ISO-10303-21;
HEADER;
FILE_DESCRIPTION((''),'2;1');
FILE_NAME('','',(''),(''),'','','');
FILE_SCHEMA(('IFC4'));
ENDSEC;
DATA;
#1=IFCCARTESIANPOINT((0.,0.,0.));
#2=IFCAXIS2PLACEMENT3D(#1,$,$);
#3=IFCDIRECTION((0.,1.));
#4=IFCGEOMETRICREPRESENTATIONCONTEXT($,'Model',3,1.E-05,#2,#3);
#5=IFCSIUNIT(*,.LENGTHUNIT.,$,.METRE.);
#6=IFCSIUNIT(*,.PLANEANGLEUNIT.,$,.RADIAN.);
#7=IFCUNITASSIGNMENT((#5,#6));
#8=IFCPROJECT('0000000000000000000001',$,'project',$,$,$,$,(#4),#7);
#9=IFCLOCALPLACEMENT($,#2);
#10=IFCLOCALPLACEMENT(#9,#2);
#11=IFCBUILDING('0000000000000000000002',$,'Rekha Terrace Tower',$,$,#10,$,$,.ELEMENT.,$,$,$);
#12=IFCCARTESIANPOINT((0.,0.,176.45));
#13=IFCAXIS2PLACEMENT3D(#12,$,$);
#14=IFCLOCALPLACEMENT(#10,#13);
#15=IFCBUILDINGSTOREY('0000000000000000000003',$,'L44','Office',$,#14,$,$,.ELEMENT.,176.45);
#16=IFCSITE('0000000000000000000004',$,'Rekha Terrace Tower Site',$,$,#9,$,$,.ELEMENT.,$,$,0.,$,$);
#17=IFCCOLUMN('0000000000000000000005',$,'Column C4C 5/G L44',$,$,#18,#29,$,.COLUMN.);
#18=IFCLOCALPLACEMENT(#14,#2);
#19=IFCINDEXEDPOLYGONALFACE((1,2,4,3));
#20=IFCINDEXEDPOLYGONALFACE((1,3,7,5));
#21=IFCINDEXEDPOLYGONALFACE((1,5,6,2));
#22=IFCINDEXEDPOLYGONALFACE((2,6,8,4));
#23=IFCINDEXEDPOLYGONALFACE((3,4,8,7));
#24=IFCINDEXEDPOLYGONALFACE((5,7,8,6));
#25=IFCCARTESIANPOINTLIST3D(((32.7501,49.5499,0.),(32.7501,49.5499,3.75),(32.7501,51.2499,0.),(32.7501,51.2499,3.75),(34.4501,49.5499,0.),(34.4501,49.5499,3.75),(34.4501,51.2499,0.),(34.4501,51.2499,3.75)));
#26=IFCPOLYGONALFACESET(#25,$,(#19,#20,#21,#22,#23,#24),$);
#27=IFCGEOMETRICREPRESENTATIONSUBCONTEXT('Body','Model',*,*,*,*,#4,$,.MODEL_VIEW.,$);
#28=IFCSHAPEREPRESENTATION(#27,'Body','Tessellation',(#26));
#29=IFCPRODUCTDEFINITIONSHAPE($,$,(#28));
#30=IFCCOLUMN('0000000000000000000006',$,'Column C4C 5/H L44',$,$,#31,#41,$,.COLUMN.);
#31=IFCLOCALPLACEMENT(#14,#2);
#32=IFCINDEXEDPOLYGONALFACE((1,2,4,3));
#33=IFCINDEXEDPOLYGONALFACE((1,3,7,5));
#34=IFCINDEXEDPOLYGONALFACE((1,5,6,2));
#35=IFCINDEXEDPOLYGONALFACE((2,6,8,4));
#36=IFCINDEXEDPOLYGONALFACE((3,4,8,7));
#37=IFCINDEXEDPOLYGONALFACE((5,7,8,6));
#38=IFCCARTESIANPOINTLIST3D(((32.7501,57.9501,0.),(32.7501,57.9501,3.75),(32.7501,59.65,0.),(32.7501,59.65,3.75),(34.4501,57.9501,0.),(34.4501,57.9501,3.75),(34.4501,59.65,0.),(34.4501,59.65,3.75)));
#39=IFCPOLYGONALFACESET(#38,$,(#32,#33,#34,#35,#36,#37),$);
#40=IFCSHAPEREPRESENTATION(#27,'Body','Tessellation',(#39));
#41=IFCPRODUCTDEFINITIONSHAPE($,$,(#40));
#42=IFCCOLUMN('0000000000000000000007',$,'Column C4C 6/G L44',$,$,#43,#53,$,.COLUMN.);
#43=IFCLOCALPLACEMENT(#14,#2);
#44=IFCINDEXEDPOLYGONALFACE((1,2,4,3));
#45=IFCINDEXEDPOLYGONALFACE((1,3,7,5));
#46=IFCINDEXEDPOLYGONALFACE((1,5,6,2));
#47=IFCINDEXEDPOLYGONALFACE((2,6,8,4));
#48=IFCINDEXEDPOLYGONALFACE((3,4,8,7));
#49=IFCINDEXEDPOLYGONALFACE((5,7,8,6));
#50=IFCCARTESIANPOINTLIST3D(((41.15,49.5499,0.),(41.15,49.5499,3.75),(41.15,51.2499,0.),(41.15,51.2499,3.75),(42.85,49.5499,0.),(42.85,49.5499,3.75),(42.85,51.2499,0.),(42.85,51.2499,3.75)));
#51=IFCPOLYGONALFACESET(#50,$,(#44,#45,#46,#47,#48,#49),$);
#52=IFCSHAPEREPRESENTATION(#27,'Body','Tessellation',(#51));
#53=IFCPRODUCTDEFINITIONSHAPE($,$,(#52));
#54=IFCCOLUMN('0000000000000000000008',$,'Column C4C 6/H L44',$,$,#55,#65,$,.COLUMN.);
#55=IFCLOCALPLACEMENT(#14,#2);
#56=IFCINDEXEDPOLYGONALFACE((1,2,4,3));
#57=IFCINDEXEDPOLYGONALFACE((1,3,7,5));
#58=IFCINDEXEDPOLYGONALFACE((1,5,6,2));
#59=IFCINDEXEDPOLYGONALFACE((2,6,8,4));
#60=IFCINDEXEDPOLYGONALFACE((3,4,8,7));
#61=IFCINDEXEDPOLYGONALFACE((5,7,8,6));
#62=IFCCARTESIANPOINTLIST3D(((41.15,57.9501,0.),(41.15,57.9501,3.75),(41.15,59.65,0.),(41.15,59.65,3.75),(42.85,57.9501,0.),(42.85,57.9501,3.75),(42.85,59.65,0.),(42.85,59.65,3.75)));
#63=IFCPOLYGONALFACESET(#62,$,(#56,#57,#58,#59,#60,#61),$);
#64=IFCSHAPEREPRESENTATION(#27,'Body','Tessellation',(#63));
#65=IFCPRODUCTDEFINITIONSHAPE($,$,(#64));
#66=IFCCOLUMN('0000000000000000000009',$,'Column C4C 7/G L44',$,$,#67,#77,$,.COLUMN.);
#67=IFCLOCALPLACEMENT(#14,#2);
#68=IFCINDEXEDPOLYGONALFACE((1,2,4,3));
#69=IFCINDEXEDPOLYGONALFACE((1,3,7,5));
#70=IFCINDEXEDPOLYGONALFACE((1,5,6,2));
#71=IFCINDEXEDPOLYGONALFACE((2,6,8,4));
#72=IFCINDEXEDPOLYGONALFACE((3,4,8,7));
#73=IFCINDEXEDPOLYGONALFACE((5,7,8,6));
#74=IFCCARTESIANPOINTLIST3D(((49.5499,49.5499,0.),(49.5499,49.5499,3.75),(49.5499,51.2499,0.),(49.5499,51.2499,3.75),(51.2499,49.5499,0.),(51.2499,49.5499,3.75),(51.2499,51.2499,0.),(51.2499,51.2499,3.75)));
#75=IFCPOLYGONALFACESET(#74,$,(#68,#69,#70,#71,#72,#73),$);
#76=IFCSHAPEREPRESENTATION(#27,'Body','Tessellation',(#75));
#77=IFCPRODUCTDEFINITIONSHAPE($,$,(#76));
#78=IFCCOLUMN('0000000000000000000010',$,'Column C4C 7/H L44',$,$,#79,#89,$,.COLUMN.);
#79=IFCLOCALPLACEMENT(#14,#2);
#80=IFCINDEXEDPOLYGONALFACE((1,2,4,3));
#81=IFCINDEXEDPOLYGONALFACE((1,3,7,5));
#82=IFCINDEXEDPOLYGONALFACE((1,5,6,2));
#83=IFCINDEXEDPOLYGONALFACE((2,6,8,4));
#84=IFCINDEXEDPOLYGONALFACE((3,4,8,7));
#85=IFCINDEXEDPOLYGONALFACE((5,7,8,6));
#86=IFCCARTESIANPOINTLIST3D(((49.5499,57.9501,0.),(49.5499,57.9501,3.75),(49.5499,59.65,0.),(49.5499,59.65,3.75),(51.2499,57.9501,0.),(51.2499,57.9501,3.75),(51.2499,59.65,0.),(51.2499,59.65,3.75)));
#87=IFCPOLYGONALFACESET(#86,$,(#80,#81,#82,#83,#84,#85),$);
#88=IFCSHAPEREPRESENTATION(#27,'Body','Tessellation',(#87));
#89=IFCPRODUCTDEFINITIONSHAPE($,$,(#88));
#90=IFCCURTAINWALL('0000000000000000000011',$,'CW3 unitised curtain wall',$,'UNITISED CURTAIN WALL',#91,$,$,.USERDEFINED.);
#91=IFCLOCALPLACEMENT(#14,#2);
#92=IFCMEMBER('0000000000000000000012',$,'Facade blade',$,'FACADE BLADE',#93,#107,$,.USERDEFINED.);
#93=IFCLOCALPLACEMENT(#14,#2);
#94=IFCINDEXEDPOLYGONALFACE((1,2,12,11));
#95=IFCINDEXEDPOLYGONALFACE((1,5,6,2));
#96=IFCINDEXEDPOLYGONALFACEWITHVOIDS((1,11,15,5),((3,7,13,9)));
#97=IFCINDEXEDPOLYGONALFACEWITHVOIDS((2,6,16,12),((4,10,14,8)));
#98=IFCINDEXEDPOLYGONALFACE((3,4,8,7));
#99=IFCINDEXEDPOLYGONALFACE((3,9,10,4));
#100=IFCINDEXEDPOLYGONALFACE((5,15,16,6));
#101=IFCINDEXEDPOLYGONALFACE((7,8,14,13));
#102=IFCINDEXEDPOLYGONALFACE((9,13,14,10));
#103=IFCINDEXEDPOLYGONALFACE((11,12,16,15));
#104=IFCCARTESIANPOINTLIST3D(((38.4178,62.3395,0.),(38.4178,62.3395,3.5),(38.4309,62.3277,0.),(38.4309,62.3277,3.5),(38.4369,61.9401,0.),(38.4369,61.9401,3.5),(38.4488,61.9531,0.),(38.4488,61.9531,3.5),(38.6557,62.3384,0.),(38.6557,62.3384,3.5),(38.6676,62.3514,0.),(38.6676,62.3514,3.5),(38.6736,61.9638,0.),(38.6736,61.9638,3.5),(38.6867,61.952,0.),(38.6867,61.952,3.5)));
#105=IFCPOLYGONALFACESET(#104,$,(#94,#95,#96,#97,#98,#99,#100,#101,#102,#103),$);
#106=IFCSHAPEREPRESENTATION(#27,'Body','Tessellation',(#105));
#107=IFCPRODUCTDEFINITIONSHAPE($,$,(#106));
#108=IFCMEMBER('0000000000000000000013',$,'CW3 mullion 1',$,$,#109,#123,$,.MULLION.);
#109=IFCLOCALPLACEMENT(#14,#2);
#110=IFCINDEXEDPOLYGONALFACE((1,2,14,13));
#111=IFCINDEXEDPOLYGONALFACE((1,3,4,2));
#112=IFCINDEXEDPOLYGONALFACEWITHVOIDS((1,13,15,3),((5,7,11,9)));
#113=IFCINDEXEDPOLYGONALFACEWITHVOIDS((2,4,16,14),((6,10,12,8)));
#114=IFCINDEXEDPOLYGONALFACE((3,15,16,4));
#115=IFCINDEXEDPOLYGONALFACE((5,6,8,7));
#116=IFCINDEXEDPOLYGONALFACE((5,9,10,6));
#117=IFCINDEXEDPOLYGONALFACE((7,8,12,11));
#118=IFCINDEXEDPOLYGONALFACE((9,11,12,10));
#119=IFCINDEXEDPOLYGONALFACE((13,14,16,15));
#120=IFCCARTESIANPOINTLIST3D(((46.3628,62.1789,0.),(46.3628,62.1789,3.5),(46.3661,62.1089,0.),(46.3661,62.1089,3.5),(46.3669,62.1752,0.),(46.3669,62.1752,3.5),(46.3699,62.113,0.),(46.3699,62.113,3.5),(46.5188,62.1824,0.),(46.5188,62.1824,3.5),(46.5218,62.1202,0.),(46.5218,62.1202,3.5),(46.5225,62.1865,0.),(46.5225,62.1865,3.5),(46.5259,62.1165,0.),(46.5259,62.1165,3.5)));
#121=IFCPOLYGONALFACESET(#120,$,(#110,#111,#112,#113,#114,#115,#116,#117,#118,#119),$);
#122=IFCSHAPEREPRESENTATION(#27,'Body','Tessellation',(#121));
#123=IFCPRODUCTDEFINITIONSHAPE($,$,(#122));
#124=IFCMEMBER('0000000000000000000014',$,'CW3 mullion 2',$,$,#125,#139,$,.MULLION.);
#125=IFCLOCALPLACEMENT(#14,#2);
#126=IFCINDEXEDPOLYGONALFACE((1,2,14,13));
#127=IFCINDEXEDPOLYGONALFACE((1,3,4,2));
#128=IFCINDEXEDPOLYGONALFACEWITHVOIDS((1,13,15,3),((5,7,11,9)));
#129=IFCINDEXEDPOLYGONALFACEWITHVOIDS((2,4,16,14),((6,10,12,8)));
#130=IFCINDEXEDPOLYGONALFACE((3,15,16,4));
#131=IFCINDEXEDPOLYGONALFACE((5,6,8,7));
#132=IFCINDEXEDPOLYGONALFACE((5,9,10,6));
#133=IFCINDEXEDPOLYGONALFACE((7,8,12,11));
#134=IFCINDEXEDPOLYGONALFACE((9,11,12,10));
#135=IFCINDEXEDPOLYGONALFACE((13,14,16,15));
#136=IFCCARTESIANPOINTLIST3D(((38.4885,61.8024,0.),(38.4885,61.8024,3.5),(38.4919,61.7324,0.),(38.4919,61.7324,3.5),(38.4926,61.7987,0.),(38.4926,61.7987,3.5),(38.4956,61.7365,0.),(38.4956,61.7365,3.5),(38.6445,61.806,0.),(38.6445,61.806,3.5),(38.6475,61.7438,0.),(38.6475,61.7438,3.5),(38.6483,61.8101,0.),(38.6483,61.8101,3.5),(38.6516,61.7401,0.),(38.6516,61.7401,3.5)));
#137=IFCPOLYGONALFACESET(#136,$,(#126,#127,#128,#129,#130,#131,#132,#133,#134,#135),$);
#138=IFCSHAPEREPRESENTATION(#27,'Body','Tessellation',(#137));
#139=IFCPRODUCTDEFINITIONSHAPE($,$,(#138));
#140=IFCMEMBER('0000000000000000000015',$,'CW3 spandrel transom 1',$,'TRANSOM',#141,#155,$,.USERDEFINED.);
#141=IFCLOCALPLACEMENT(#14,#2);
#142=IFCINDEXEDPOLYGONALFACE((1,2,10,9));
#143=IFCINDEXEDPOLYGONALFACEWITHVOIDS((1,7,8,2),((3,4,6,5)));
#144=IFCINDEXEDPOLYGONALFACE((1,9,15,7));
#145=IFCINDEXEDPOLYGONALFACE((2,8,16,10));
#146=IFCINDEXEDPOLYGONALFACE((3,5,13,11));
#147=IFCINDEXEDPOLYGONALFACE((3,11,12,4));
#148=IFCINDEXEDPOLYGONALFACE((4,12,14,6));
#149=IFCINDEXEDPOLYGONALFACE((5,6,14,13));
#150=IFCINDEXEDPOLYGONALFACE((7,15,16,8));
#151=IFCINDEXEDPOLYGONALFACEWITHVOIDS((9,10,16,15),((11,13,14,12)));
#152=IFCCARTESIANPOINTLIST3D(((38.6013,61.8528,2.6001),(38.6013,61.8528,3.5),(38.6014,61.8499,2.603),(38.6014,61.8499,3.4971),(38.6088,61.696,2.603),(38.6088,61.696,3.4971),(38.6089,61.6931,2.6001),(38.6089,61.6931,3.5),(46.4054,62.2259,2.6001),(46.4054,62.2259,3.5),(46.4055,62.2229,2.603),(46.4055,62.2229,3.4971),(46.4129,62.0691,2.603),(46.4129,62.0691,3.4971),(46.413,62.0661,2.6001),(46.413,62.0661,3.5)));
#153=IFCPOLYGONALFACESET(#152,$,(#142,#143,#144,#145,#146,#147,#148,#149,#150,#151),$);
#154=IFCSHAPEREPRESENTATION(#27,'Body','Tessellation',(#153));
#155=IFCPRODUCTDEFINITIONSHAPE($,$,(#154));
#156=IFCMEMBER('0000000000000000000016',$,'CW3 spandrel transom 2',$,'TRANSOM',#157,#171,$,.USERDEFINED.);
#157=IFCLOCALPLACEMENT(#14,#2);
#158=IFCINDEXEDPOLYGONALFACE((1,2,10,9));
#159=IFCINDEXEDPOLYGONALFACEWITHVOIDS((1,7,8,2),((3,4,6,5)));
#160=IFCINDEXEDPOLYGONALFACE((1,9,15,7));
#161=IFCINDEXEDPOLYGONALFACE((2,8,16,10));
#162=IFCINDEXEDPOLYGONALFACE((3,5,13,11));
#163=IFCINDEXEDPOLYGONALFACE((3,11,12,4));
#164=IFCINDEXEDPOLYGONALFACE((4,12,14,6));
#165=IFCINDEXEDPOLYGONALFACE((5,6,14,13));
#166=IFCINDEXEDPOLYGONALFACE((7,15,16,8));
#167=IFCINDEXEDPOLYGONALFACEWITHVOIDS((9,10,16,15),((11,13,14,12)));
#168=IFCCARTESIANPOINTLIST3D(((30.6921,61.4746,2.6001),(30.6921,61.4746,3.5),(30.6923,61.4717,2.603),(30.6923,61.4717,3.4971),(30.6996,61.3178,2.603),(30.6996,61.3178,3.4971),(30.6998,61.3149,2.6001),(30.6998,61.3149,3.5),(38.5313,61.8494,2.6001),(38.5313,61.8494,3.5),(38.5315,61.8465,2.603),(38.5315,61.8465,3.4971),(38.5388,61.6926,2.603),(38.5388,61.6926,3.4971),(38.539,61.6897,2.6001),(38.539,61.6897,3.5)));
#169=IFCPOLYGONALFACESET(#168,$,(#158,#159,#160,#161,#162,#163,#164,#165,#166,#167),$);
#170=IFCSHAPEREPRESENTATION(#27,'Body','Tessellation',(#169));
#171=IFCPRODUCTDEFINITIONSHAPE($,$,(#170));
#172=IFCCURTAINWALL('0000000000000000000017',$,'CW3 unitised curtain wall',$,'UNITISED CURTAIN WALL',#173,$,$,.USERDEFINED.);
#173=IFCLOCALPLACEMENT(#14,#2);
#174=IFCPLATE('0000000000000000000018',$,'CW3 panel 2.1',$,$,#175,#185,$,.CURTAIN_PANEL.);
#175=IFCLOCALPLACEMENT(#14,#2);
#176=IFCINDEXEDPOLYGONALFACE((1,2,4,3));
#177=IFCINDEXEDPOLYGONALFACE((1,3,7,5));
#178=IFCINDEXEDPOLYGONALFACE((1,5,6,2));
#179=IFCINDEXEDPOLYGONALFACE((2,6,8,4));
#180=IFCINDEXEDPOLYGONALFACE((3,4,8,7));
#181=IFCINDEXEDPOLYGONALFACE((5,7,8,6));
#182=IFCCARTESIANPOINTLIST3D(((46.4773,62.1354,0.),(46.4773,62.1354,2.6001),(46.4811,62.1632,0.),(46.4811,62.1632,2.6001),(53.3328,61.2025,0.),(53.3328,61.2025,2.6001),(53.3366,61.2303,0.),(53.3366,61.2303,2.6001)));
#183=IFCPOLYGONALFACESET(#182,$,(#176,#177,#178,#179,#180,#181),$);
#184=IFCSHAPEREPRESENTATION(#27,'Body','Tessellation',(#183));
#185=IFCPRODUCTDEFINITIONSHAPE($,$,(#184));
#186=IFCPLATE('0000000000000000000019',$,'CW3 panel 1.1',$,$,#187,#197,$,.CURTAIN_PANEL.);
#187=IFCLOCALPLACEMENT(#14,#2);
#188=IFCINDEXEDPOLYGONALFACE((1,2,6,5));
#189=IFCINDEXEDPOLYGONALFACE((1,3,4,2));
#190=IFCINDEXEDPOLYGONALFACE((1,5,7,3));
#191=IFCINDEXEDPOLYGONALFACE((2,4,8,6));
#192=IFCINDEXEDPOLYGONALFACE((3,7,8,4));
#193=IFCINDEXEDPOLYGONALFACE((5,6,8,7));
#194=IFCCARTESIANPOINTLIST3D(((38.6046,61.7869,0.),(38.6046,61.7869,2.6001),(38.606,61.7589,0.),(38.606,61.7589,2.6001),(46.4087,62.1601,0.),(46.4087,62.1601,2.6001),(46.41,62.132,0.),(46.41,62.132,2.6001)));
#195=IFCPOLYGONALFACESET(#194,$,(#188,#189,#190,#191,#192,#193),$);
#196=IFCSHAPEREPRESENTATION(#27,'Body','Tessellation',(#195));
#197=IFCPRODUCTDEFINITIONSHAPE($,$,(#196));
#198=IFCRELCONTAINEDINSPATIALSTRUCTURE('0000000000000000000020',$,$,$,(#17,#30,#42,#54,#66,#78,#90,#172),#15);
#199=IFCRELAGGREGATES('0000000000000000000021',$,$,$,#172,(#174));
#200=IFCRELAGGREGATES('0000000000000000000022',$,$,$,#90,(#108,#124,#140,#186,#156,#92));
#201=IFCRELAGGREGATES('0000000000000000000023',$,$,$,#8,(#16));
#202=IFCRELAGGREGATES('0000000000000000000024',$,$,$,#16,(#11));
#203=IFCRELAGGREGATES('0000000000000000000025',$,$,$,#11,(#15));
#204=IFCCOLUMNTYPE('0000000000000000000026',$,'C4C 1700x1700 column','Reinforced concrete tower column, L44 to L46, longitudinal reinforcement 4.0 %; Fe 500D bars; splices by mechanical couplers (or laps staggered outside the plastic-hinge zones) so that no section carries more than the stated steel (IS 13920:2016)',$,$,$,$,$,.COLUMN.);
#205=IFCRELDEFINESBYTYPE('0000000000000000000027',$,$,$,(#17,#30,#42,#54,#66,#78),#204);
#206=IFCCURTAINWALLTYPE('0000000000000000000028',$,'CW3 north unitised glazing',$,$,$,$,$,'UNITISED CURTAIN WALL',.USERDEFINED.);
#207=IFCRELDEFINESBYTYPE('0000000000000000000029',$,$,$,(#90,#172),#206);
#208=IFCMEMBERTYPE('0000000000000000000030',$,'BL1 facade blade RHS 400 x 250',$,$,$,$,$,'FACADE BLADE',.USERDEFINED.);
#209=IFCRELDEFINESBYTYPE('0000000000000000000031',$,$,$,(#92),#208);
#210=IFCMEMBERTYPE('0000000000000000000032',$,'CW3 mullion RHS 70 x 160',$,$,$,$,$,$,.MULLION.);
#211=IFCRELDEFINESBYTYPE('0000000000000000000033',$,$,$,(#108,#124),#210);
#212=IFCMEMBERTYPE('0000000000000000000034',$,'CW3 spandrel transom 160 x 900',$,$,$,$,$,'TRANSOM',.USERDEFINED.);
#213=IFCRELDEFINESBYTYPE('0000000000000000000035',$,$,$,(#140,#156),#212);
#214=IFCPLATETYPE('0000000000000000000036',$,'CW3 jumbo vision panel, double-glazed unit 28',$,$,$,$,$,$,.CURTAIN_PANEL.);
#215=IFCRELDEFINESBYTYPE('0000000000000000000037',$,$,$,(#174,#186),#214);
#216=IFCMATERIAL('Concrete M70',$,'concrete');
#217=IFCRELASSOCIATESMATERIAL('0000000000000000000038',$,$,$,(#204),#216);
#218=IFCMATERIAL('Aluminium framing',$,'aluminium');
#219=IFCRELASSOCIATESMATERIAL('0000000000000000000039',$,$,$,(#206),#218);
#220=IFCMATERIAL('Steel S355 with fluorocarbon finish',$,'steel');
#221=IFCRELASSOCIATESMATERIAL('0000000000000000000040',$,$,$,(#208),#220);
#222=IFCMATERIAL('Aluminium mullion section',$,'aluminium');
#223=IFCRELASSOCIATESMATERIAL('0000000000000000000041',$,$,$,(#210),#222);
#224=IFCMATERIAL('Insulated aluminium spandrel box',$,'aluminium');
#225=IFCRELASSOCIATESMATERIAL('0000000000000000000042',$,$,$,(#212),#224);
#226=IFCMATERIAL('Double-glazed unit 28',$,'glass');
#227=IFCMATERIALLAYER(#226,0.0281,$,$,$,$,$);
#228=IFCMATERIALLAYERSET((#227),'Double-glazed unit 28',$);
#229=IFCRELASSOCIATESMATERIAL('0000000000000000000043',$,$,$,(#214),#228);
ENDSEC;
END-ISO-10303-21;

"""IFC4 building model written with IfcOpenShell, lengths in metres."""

from ifc_helpers import new_model, si_unit, direction, frame, origin, origin_2d, place, context, subcontext, project, spatial, rectangle, hollow_rectangle, extrude, material, layer, layer_set, material_profile, profile_set, type_object, element, aggregate, save


model = new_model("IFC4")

# Units and contexts
model_context = context("Model", 3, precision=1e-05, world=origin(), true_north=direction((0.0, 1.0)))
body_context = subcontext(model_context, "Body", "Model", "MODEL_VIEW")
ifc_project = project(units=[si_unit("LENGTHUNIT", "METRE"), si_unit("PLANEANGLEUNIT", "RADIAN")], contexts=[model_context])

# Site, building, storey
site_placement = place(None, origin())
site = spatial("IfcSite", under=ifc_project, at=site_placement, Name="Rekha Terrace Tower Site", CompositionType="ELEMENT", RefElevation=0.0)
building_placement = place(site_placement, origin())
building = spatial("IfcBuilding", under=site, at=building_placement, Name="Rekha Terrace Tower", CompositionType="ELEMENT")
storey_placement = place(building_placement, frame((0.0, 0.0, 176.45)))
storey = spatial("IfcBuildingStorey", under=building, at=storey_placement, Name="L44", Description="Office", CompositionType="ELEMENT", Elevation=176.45)

# Columns
ifc_material_1 = material(Name="Concrete M70", Category="concrete")
ifc_material_profile_1 = material_profile(ifc_material_1, rectangle(XDim=1.7, YDim=1.7, at=origin_2d()), Name="RC 1700x1700")
ifc_profile_set_1 = profile_set([ifc_material_profile_1], Name="Concrete M70")
column_type = type_object("IfcColumnType", Name="C4C 1700x1700 column", Description="Reinforced concrete tower column, L44 to L46, longitudinal reinforcement 4.0 %; Fe 500D bars; splices by mechanical couplers (or laps staggered outside the plastic-hinge zones) so that no section carries more than the stated steel (IS 13920:2016)", PredefinedType="COLUMN", material=ifc_profile_set_1)
for number, where, z_axis, x_axis, name in (
    (1, (33.6001, 50.3999, 0.0), (0.0, 0.0, 1.0), (1.0, 0.0, 0.0), "Column C4C 5/G L44"),
    (2, (33.6001, 58.8, 0.0), (0.0, 0.0, 1.0), (1.0, 0.0, 0.0), "Column C4C 5/H L44"),
    (3, (42.0, 50.3999, 0.0), (0.0, 0.0, 1.0), (1.0, 0.0, 0.0), "Column C4C 6/G L44"),
    (4, (42.0, 58.8, 0.0), (0.0, 0.0, 1.0), (1.0, 0.0, 0.0), "Column C4C 6/H L44"),
    (5, (50.3999, 50.3999, 0.0), (0.0, 0.0, 1.0), (1.0, 0.0, 0.0), "Column C4C 7/G L44"),
    (6, (50.3999, 58.8, 0.0), (0.0, 0.0, 1.0), (1.0, 0.0, 0.0), "Column C4C 7/H L44"),
):
    element("IfcColumn", number, at=place(storey_placement, frame(where, z_axis=z_axis, x_axis=x_axis)), inside=storey, type_object=column_type, Name=name, PredefinedType="COLUMN", context=body_context, shape_type="SweptSolid", body=[
        extrude(rectangle(XDim=1.7, YDim=1.7, at=origin_2d()), origin(), (0.0, 0.0, 1.0), 3.75),
    ])

# Curtain wall, members
ifc_material_2 = material(Name="Aluminium framing", Category="aluminium")
curtain_wall_type = type_object("IfcCurtainWallType", Name="CW3 north unitised glazing", ElementType="UNITISED CURTAIN WALL", PredefinedType="USERDEFINED", material=ifc_material_2)
curtain_wall_1_placement = place(storey_placement, origin())
curtain_wall_1 = element("IfcCurtainWall", 7, at=curtain_wall_1_placement, inside=storey, type_object=curtain_wall_type, Name="CW3 unitised curtain wall", ObjectType="UNITISED CURTAIN WALL", PredefinedType="USERDEFINED")
ifc_material_3 = material(Name="Steel S355 with fluorocarbon finish", Category="steel")
ifc_material_profile_2 = material_profile(ifc_material_3, hollow_rectangle(XDim=0.25, YDim=0.3999, WallThickness=0.0125, at=origin_2d()), Name="RHS400x250x12.5")
ifc_profile_set_2 = profile_set([ifc_material_profile_2], Name="Steel S355 with fluorocarbon finish")
member_type_1 = type_object("IfcMemberType", Name="BL1 facade blade RHS 400 x 250", ElementType="FACADE BLADE", PredefinedType="USERDEFINED", material=ifc_profile_set_2)
member_1_placement = place(storey_placement, frame((38.5522, 62.1458, 0.0), z_axis=(0.0, 0.0, 1.0), x_axis=(-0.998859, -0.047758, 0.0)))
member_1 = element("IfcMember", 8, at=member_1_placement, type_object=member_type_1, Name="Facade blade", ObjectType="FACADE BLADE", PredefinedType="USERDEFINED", context=body_context, shape_type="SweptSolid", body=[
    extrude(hollow_rectangle(XDim=0.25, YDim=0.3999, WallThickness=0.0125, at=origin_2d()), origin(), (0.0, 0.0, 1.0), 3.5),
])
ifc_material_4 = material(Name="Aluminium mullion section", Category="aluminium")
ifc_material_profile_3 = material_profile(ifc_material_4, hollow_rectangle(XDim=0.0701, YDim=0.1599, WallThickness=0.0039, at=origin_2d()), Name="AL RHS 70x160")
ifc_profile_set_3 = profile_set([ifc_material_profile_3], Name="Aluminium mullion section")
member_type_2 = type_object("IfcMemberType", Name="CW3 mullion RHS 70 x 160", PredefinedType="MULLION", material=ifc_profile_set_3)
member_2_placement = place(storey_placement, frame((46.4443, 62.1477, 0.0), z_axis=(0.0, 0.0, 1.0), x_axis=(0.047759, -0.998859, 0.0)))
member_2 = element("IfcMember", 9, at=member_2_placement, type_object=member_type_2, Name="CW3 mullion 1", PredefinedType="MULLION", context=body_context, shape_type="SweptSolid", body=[
    extrude(hollow_rectangle(XDim=0.0701, YDim=0.1599, WallThickness=0.0039, at=origin_2d()), origin(), (0.0, 0.0, 1.0), 3.5),
])
member_3_placement = place(storey_placement, frame((38.5701, 61.7712, 0.0), z_axis=(0.0, 0.0, 1.0), x_axis=(0.047759, -0.998859, 0.0)))
member_3 = element("IfcMember", 10, at=member_3_placement, type_object=member_type_2, Name="CW3 mullion 2", PredefinedType="MULLION", context=body_context, shape_type="SweptSolid", body=[
    extrude(hollow_rectangle(XDim=0.0701, YDim=0.1599, WallThickness=0.0039, at=origin_2d()), origin(), (0.0, 0.0, 1.0), 3.5),
])
ifc_material_5 = material(Name="Insulated aluminium spandrel box", Category="aluminium")
ifc_material_profile_4 = material_profile(ifc_material_5, hollow_rectangle(XDim=0.1599, YDim=0.8999, WallThickness=0.0029, at=origin_2d()), Name="AL SPANDREL BOX 160x900")
ifc_profile_set_4 = profile_set([ifc_material_profile_4], Name="Insulated aluminium spandrel box")
member_type_3 = type_object("IfcMemberType", Name="CW3 spandrel transom 160 x 900", ElementType="TRANSOM", PredefinedType="USERDEFINED", material=ifc_profile_set_4)
member_4_placement = place(storey_placement, frame((46.4092, 62.146, 3.05), z_axis=(-0.998859, -0.047748, 0.0), x_axis=(0.047748, -0.998859, 0.0)))
member_4 = element("IfcMember", 11, at=member_4_placement, type_object=member_type_3, Name="CW3 spandrel transom 1", ObjectType="TRANSOM", PredefinedType="USERDEFINED", context=body_context, shape_type="SweptSolid", body=[
    extrude(hollow_rectangle(XDim=0.1599, YDim=0.8999, WallThickness=0.0029, at=origin_2d()), origin(), (0.0, 0.0, 1.0), 7.813),
])
member_5_placement = place(storey_placement, frame((38.5352, 61.7695, 3.05), z_axis=(-0.998859, -0.047751, 0.0), x_axis=(0.047751, -0.998859, 0.0)))
member_5 = element("IfcMember", 12, at=member_5_placement, type_object=member_type_3, Name="CW3 spandrel transom 2", ObjectType="TRANSOM", PredefinedType="USERDEFINED", context=body_context, shape_type="SweptSolid", body=[
    extrude(hollow_rectangle(XDim=0.1599, YDim=0.8999, WallThickness=0.0029, at=origin_2d()), origin(), (0.0, 0.0, 1.0), 7.8481),
])

# Curtain wall, plate
curtain_wall_2_placement = place(storey_placement, origin())
curtain_wall_2 = element("IfcCurtainWall", 13, at=curtain_wall_2_placement, inside=storey, type_object=curtain_wall_type, Name="CW3 unitised curtain wall", ObjectType="UNITISED CURTAIN WALL", PredefinedType="USERDEFINED")
ifc_material_6 = material(Name="Double-glazed unit 28", Category="glass")
ifc_layer_1 = layer(ifc_material_6, 0.0281)
ifc_layer_set_1 = layer_set([ifc_layer_1], Name="Double-glazed unit 28")
plate_type = type_object("IfcPlateType", Name="CW3 jumbo vision panel, double-glazed unit 28", PredefinedType="CURTAIN_PANEL", material=ifc_layer_set_1)
plate_1_placement = place(storey_placement, frame((49.907, 61.6829, 0.0), z_axis=(0.0, 0.0, 1.0), x_axis=(-0.990867, 0.134841, 0.0)))
plate_1 = element("IfcPlate", 14, at=plate_1_placement, type_object=plate_type, Name="CW3 panel 2.1", PredefinedType="CURTAIN_PANEL", context=body_context, shape_type="SweptSolid", body=[
    extrude(rectangle(XDim=6.9187, YDim=0.0281, at=origin_2d()), origin(), (0.0, 0.0, 1.0), 2.6001),
])
aggregate(curtain_wall_2, [plate_1])

# Plate
plate_2_placement = place(storey_placement, frame((42.5073, 61.9595, 0.0), z_axis=(0.0, 0.0, 1.0), x_axis=(-0.998859, -0.047759, 0.0)))
plate_2 = element("IfcPlate", 15, at=plate_2_placement, type_object=plate_type, Name="CW3 panel 1.1", PredefinedType="CURTAIN_PANEL", context=body_context, shape_type="SweptSolid", body=[
    extrude(rectangle(XDim=7.813, YDim=0.0281, at=origin_2d()), origin(), (0.0, 0.0, 1.0), 2.6001),
])
aggregate(curtain_wall_1, [member_2, member_3, member_4, plate_2, member_5, member_1])

save(model, "model.ifc")
